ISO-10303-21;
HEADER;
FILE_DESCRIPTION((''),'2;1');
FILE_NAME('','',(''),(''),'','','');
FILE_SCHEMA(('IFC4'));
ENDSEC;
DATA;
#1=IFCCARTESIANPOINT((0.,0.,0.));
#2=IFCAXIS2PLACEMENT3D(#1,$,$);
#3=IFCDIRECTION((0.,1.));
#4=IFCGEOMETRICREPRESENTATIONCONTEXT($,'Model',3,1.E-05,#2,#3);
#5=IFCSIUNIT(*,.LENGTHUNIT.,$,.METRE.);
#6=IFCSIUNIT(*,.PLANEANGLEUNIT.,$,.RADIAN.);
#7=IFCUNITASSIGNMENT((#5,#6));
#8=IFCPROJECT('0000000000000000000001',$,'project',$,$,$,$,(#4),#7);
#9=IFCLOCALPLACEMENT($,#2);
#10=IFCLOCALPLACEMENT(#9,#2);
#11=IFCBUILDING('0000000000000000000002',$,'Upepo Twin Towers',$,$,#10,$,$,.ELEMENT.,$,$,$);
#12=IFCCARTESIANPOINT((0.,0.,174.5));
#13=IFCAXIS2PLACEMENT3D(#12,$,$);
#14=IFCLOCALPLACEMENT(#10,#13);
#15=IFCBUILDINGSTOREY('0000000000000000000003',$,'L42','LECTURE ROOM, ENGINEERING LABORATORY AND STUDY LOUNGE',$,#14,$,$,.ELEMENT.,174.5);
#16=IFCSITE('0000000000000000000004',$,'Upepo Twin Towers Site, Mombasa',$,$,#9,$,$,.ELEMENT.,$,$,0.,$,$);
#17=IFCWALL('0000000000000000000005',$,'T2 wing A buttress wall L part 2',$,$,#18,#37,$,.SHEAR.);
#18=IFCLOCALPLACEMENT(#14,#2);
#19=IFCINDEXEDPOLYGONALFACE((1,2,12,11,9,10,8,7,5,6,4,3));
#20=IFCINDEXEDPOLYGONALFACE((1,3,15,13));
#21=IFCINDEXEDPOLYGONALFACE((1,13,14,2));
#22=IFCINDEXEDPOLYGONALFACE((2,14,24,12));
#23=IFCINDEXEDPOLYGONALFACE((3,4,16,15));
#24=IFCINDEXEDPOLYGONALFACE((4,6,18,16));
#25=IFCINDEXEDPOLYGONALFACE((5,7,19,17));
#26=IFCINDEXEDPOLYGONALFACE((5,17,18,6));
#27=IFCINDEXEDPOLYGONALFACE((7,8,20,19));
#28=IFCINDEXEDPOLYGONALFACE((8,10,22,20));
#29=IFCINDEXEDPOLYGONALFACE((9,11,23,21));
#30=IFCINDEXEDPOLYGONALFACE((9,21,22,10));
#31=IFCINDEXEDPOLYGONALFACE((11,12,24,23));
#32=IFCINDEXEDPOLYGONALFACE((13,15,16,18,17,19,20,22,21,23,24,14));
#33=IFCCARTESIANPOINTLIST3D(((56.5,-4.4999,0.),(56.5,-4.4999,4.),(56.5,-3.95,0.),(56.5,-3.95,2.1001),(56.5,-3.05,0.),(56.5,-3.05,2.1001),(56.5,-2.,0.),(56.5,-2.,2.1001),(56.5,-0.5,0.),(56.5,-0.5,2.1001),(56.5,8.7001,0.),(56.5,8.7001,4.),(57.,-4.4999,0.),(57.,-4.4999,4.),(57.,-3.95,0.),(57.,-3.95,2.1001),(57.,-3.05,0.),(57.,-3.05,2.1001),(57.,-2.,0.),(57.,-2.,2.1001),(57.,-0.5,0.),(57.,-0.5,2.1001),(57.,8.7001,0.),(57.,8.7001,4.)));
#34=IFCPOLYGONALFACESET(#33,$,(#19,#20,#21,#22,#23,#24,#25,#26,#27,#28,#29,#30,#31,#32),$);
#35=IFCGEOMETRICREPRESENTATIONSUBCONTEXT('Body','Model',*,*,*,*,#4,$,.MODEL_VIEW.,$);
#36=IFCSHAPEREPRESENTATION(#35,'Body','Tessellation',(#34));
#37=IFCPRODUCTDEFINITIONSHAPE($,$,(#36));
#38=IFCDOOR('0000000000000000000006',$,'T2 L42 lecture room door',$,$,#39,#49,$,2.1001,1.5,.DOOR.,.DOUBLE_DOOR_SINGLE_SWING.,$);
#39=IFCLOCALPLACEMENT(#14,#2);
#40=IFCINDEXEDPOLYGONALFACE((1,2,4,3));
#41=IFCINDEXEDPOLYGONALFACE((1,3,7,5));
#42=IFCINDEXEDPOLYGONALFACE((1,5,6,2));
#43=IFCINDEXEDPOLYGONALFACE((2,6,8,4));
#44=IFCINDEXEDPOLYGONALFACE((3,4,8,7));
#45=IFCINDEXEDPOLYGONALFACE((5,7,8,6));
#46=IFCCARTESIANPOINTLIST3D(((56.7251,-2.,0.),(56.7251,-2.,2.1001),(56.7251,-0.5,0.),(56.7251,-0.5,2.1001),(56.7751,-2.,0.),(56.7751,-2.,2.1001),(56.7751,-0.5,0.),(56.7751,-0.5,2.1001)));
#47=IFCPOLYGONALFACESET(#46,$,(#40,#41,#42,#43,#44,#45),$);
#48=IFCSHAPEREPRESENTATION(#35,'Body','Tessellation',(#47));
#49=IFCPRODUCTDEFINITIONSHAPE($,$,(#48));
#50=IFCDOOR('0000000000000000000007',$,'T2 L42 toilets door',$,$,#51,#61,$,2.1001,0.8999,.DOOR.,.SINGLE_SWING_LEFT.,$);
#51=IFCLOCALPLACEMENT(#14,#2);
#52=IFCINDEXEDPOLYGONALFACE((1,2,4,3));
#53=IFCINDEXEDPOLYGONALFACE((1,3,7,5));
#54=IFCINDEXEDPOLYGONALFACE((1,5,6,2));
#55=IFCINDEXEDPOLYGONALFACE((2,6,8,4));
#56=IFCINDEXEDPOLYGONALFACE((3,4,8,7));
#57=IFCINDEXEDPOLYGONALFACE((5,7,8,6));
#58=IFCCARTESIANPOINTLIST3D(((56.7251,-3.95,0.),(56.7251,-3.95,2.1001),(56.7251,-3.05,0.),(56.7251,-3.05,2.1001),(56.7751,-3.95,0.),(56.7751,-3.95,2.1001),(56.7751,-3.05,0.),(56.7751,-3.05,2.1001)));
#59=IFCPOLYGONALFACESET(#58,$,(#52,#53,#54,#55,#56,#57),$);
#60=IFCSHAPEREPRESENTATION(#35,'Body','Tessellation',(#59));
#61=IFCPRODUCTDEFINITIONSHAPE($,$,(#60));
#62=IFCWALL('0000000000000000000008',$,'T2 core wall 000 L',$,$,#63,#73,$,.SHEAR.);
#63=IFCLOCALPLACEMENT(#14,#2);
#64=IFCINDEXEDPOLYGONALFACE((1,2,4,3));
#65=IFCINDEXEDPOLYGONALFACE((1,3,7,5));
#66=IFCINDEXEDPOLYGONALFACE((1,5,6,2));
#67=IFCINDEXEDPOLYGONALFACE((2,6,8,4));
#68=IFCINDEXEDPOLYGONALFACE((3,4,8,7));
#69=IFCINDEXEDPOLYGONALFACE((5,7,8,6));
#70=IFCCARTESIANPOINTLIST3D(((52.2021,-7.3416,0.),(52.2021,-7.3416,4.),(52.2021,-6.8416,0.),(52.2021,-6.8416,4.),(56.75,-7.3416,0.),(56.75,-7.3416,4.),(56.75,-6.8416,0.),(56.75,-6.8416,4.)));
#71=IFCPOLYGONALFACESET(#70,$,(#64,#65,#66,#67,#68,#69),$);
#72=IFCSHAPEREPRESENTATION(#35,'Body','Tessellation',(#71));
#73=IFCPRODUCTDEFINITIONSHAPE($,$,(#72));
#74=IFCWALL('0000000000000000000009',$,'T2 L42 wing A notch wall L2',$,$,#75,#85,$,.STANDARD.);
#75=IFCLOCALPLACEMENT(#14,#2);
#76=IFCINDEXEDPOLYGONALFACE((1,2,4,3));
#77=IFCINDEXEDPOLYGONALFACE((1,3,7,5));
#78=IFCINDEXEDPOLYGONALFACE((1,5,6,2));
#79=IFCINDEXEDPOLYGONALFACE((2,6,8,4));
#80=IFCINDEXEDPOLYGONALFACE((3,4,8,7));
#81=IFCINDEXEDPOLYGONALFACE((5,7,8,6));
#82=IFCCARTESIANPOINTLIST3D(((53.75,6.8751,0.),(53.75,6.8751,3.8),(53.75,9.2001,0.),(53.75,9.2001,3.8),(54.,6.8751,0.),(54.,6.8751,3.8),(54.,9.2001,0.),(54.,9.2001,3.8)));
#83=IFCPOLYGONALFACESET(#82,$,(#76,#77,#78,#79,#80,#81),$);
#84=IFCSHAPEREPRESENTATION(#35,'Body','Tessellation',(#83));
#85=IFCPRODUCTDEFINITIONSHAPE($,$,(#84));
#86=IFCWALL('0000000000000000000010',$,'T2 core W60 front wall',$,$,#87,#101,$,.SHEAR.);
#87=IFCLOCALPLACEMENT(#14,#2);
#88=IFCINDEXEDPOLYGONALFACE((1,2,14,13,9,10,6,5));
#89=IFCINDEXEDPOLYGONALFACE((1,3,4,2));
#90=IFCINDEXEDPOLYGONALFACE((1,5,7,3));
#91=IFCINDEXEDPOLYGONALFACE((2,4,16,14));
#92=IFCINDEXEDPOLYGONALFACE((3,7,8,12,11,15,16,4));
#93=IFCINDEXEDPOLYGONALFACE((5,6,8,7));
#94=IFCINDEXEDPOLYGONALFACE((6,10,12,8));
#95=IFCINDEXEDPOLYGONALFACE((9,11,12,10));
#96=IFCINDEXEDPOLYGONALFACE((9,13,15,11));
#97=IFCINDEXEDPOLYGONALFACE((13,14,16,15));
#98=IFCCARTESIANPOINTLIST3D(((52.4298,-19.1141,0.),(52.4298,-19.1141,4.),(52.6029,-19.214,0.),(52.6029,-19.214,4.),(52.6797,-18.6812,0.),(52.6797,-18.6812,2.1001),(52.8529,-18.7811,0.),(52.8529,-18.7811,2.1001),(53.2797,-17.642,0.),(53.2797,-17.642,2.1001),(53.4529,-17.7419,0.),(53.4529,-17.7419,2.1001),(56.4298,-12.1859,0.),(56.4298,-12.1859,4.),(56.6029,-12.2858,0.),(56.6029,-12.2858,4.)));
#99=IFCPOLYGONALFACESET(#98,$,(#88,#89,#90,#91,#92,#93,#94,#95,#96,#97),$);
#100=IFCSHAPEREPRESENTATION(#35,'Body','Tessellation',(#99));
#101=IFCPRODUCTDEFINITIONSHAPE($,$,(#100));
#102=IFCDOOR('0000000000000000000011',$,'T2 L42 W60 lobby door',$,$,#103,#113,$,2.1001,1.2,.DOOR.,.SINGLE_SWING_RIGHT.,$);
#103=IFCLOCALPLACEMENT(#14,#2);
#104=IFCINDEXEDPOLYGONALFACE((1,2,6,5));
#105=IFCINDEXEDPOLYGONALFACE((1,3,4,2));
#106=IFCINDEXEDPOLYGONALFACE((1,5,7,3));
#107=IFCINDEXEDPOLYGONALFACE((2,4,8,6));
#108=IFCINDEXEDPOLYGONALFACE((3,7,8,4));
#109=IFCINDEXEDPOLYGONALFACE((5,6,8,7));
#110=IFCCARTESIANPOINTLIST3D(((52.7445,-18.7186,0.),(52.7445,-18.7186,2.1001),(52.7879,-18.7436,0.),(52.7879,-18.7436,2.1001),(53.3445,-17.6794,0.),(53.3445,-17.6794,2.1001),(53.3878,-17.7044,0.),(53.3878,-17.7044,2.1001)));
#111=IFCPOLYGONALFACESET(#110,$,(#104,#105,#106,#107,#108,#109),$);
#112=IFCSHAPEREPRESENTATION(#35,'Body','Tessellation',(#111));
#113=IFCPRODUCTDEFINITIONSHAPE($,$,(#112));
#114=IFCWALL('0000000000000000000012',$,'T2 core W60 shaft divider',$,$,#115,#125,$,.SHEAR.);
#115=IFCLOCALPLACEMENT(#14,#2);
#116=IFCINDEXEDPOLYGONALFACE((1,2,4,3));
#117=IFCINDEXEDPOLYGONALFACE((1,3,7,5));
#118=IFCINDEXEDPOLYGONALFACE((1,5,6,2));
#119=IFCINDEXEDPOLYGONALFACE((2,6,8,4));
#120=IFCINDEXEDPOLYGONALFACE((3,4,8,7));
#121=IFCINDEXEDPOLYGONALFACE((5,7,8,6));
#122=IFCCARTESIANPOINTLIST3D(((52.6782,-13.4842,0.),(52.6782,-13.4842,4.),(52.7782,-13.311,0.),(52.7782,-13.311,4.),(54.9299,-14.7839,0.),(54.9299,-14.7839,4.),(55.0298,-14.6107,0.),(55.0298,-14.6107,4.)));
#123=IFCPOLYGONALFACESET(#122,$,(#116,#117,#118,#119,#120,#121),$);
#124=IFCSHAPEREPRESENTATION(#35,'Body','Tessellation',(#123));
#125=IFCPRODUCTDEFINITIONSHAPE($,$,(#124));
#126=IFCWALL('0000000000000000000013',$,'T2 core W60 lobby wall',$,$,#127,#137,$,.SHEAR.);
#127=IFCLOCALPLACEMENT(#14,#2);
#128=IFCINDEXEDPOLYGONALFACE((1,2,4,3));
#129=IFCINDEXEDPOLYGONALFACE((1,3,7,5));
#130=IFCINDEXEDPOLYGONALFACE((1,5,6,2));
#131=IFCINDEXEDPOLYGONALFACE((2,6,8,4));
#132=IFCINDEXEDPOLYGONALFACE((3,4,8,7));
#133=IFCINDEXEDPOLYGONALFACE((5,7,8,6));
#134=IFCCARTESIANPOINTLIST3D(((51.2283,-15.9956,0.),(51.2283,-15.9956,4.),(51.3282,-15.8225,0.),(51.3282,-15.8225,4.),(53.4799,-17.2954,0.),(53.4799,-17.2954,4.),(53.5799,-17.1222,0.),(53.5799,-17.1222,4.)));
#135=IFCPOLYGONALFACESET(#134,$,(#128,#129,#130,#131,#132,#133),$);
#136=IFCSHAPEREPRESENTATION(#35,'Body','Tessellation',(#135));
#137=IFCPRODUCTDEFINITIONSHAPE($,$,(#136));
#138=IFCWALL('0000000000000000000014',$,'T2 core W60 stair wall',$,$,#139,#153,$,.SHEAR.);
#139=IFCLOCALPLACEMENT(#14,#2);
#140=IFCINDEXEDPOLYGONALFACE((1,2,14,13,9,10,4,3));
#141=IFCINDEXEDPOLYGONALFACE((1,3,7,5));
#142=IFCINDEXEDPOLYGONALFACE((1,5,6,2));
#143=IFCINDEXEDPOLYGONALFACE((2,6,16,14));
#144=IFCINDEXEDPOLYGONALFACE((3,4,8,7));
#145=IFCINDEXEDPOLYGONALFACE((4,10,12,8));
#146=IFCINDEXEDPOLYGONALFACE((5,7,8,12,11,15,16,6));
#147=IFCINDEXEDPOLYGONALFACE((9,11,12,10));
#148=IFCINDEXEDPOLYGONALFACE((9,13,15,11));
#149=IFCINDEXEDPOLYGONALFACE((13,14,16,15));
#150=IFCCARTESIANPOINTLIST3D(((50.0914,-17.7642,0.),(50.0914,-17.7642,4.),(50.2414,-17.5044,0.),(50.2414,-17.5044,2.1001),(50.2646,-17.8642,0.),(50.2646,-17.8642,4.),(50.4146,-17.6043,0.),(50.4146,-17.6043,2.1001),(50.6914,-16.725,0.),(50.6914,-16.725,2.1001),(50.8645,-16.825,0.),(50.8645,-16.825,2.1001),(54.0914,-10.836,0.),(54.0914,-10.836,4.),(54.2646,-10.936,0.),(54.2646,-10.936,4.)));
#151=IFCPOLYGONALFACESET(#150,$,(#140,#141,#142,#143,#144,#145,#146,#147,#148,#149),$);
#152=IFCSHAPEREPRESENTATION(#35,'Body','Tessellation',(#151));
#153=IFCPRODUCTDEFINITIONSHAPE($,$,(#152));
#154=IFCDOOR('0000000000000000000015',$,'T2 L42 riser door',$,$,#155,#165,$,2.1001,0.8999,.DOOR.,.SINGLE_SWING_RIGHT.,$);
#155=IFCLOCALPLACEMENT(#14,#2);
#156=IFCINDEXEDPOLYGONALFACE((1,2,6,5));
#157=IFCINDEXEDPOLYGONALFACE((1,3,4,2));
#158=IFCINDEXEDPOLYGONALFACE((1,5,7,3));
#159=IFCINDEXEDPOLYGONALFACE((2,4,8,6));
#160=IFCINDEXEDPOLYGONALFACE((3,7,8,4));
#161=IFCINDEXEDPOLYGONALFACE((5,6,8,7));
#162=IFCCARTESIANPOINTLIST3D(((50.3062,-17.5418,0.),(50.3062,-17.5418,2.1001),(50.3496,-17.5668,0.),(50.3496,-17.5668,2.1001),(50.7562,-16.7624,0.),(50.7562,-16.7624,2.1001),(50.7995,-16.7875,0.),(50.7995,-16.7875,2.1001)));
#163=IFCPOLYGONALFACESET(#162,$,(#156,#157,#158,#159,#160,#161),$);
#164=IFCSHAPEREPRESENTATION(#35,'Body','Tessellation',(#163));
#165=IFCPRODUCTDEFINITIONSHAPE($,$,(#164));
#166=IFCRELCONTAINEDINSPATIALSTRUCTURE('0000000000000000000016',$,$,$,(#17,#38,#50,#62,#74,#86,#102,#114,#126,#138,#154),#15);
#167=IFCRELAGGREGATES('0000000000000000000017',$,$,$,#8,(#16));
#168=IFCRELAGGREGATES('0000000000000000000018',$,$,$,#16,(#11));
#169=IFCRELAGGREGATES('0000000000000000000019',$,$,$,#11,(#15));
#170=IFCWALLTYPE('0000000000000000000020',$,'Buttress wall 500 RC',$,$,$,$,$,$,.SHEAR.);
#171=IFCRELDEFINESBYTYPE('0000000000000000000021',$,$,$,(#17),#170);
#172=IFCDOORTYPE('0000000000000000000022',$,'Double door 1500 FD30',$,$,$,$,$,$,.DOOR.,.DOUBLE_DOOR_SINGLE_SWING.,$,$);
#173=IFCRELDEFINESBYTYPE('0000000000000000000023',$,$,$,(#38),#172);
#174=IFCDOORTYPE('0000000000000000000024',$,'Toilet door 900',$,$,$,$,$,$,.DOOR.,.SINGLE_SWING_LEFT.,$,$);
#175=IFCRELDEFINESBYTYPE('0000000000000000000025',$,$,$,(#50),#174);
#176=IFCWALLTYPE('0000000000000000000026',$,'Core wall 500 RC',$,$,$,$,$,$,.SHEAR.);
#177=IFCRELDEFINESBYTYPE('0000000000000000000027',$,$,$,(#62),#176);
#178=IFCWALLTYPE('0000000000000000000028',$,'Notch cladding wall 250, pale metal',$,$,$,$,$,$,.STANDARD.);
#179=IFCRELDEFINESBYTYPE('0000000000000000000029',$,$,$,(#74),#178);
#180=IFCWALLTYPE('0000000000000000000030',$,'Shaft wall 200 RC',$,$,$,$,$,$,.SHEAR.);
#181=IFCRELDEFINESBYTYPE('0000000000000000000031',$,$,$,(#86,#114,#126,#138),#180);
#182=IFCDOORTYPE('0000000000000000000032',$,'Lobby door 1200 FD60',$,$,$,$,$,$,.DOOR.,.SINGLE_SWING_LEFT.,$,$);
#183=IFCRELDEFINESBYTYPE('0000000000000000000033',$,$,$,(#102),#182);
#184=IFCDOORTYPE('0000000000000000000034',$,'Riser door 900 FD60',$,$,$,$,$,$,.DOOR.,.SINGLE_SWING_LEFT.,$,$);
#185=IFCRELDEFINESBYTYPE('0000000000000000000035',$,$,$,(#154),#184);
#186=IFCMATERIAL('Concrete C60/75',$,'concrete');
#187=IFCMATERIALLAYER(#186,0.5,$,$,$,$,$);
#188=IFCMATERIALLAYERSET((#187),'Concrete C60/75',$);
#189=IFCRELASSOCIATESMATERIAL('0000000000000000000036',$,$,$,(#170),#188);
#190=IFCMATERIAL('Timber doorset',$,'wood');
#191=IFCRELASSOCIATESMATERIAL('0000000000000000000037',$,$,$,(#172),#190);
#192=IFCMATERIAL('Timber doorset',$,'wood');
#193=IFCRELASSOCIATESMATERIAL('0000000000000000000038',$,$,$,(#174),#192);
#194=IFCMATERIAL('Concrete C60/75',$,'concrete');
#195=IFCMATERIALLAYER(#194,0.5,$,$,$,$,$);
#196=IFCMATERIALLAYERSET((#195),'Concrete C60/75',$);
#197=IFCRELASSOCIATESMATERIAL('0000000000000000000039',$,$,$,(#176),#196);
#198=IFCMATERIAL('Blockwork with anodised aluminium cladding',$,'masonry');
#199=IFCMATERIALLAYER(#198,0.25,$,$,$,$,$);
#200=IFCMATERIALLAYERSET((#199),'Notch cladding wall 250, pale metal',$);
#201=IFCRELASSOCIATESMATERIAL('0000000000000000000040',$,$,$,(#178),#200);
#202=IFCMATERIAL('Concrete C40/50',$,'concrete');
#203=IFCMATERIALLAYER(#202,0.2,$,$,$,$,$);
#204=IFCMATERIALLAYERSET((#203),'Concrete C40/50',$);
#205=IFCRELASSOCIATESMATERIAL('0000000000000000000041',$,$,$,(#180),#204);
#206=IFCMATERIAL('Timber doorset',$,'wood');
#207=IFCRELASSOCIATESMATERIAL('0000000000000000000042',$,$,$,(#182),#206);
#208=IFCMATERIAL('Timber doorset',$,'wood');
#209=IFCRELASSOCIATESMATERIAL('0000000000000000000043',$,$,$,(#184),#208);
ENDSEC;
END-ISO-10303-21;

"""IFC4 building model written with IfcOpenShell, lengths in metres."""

from ifc_helpers import new_model, si_unit, direction, frame, frame_2d, origin, place, context, subcontext, project, spatial, rectangle, extrude, material, layer, layer_set, type_object, element, fill, save


model = new_model("IFC4")

# Units and contexts
model_context = context("Model", 3, precision=1e-05, world=origin(), true_north=direction((0.0, 1.0)))
body_context = subcontext(model_context, "Body", "Model", "MODEL_VIEW")
ifc_project = project(units=[si_unit("LENGTHUNIT", "METRE"), si_unit("PLANEANGLEUNIT", "RADIAN")], contexts=[model_context])

# Site, building, storey
site_placement = place(None, origin())
site = spatial("IfcSite", under=ifc_project, at=site_placement, Name="Upepo Twin Towers Site, Mombasa", CompositionType="ELEMENT", RefElevation=0.0)
building_placement = place(site_placement, origin())
building = spatial("IfcBuilding", under=site, at=building_placement, Name="Upepo Twin Towers", CompositionType="ELEMENT")
storey_placement = place(building_placement, frame((0.0, 0.0, 174.5)))
storey = spatial("IfcBuildingStorey", under=building, at=storey_placement, Name="L42", Description="LECTURE ROOM, ENGINEERING LABORATORY AND STUDY LOUNGE", CompositionType="ELEMENT", Elevation=174.5)

# Wall, openings, doors
ifc_material_1 = material(Name="Concrete C60/75", Category="concrete")
ifc_layer_1 = layer(ifc_material_1, 0.5)
ifc_layer_set_1 = layer_set([ifc_layer_1], Name="Concrete C60/75")
wall_type_1 = type_object("IfcWallType", Name="Buttress wall 500 RC", PredefinedType="SHEAR", material=ifc_layer_set_1)
wall_1_placement = place(storey_placement, frame((56.75, -4.5, 0.0), z_axis=(0.0, 0.0, 1.0), x_axis=(0.0, 1.0, 0.0)))
wall_1 = element("IfcWall", 1, at=wall_1_placement, inside=storey, type_object=wall_type_1, Name="T2 wing A buttress wall L part 2", PredefinedType="SHEAR", context=body_context, shape_type="SweptSolid", body=[
    extrude(rectangle(XDim=13.2, YDim=0.5, at=frame_2d((6.6001, 0.0))), origin(), (0.0, 0.0, 1.0), 4.0),
])
opening_1_placement = place(wall_1_placement, frame((0.55, 0.0, 0.0)))
opening_1 = element("IfcOpeningElement", 2, at=opening_1_placement, cuts=wall_1, PredefinedType="OPENING", context=body_context, shape_type="SweptSolid", body=[
    extrude(rectangle(XDim=0.8999, YDim=2.1001, at=frame_2d((0.45, 1.05))), frame((0.0, 0.26, 0.0), z_axis=(0.0, -1.0, 0.0), x_axis=(1.0, 0.0, 0.0)), (0.0, 0.0, 1.0), 0.52),
])
opening_2_placement = place(wall_1_placement, frame((2.5, 0.0, 0.0)))
opening_2 = element("IfcOpeningElement", 3, at=opening_2_placement, cuts=wall_1, PredefinedType="OPENING", context=body_context, shape_type="SweptSolid", body=[
    extrude(rectangle(XDim=1.5, YDim=2.1001, at=frame_2d((0.75, 1.05))), frame((0.0, 0.26, 0.0), z_axis=(0.0, -1.0, 0.0), x_axis=(1.0, 0.0, 0.0)), (0.0, 0.0, 1.0), 0.52),
])
ifc_material_2 = material(Name="Timber doorset", Category="wood")
door_type_1 = type_object("IfcDoorType", Name="Double door 1500 FD30", OperationType="DOUBLE_DOOR_SINGLE_SWING", PredefinedType="DOOR", material=ifc_material_2)
door_1_placement = place(opening_2_placement, origin())
door_1 = element("IfcDoor", 4, at=door_1_placement, inside=storey, type_object=door_type_1, Name="T2 L42 lecture room door", OperationType="DOUBLE_DOOR_SINGLE_SWING", OverallHeight=2.1001, OverallWidth=1.5, PredefinedType="DOOR", context=body_context, shape_type="SweptSolid", body=[
    extrude(rectangle(XDim=1.5, YDim=2.1001, at=frame_2d((0.75, 1.05))), frame((0.0, 0.0249, 0.0), z_axis=(0.0, -1.0, 0.0), x_axis=(1.0, 0.0, 0.0)), (0.0, 0.0, 1.0), 0.05),
])
fill(opening_2, door_1)
ifc_material_3 = material(Name="Timber doorset", Category="wood")
door_type_2 = type_object("IfcDoorType", Name="Toilet door 900", OperationType="SINGLE_SWING_LEFT", PredefinedType="DOOR", material=ifc_material_3)
door_2_placement = place(opening_1_placement, origin())
door_2 = element("IfcDoor", 5, at=door_2_placement, inside=storey, type_object=door_type_2, Name="T2 L42 toilets door", OperationType="SINGLE_SWING_LEFT", OverallHeight=2.1001, OverallWidth=0.8999, PredefinedType="DOOR", context=body_context, shape_type="SweptSolid", body=[
    extrude(rectangle(XDim=0.8999, YDim=2.1001, at=frame_2d((0.45, 1.05))), frame((0.0, 0.0249, 0.0), z_axis=(0.0, -1.0, 0.0), x_axis=(1.0, 0.0, 0.0)), (0.0, 0.0, 1.0), 0.05),
])
fill(opening_1, door_2)

# Walls
ifc_material_4 = material(Name="Concrete C60/75", Category="concrete")
ifc_layer_2 = layer(ifc_material_4, 0.5)
ifc_layer_set_2 = layer_set([ifc_layer_2], Name="Concrete C60/75")
wall_type_2 = type_object("IfcWallType", Name="Core wall 500 RC", PredefinedType="SHEAR", material=ifc_layer_set_2)
wall_2_placement = place(storey_placement, frame((56.75, -7.0916, 0.0), z_axis=(0.0, 0.0, 1.0), x_axis=(-1.0, 0.0, 0.0)))
element("IfcWall", 6, at=wall_2_placement, inside=storey, type_object=wall_type_2, Name="T2 core wall 000 L", PredefinedType="SHEAR", context=body_context, shape_type="SweptSolid", body=[
    extrude(rectangle(XDim=4.5479, YDim=0.5, at=frame_2d((2.2739, 0.0))), origin(), (0.0, 0.0, 1.0), 4.0),
])
ifc_material_5 = material(Name="Blockwork with anodised aluminium cladding", Category="masonry")
ifc_layer_3 = layer(ifc_material_5, 0.25)
ifc_layer_set_3 = layer_set([ifc_layer_3], Name="Notch cladding wall 250, pale metal")
wall_type_3 = type_object("IfcWallType", Name="Notch cladding wall 250, pale metal", PredefinedType="STANDARD", material=ifc_layer_set_3)
wall_3_placement = place(storey_placement, frame((53.875, 6.875, 0.0), z_axis=(0.0, 0.0, 1.0), x_axis=(0.0, 1.0, 0.0)))
element("IfcWall", 7, at=wall_3_placement, inside=storey, type_object=wall_type_3, Name="T2 L42 wing A notch wall L2", PredefinedType="STANDARD", context=body_context, shape_type="SweptSolid", body=[
    extrude(rectangle(XDim=2.325, YDim=0.25, at=frame_2d((1.1626, 0.0))), origin(), (0.0, 0.0, 1.0), 3.8),
])

# Wall, opening, door
ifc_material_6 = material(Name="Concrete C40/50", Category="concrete")
ifc_layer_4 = layer(ifc_material_6, 0.2)
ifc_layer_set_4 = layer_set([ifc_layer_4], Name="Concrete C40/50")
wall_type_4 = type_object("IfcWallType", Name="Shaft wall 200 RC", PredefinedType="SHEAR", material=ifc_layer_set_4)
wall_4_placement = place(storey_placement, frame((56.5164, -12.2358, 0.0), z_axis=(0.0, 0.0, 1.0), x_axis=(-0.499999, -0.866026, 0.0)))
wall_4 = element("IfcWall", 8, at=wall_4_placement, inside=storey, type_object=wall_type_4, Name="T2 core W60 front wall", PredefinedType="SHEAR", context=body_context, shape_type="SweptSolid", body=[
    extrude(rectangle(XDim=8.0, YDim=0.2, at=frame_2d((4.0, 0.0))), origin(), (0.0, 0.0, 1.0), 4.0),
])
opening_3_placement = place(wall_4_placement, frame((6.3, 0.0, 0.0)))
opening_3 = element("IfcOpeningElement", 9, at=opening_3_placement, cuts=wall_4, PredefinedType="OPENING", context=body_context, shape_type="SweptSolid", body=[
    extrude(rectangle(XDim=1.2, YDim=2.1001, at=frame_2d((0.6001, 1.05))), frame((0.0, 0.1099, 0.0), z_axis=(0.0, -1.0, 0.0), x_axis=(1.0, 0.0, 0.0)), (0.0, 0.0, 1.0), 0.22),
])
ifc_material_7 = material(Name="Timber doorset", Category="wood")
door_type_3 = type_object("IfcDoorType", Name="Lobby door 1200 FD60", OperationType="SINGLE_SWING_LEFT", PredefinedType="DOOR", material=ifc_material_7)
door_3_placement = place(opening_3_placement, origin())
door_3 = element("IfcDoor", 10, at=door_3_placement, inside=storey, type_object=door_type_3, Name="T2 L42 W60 lobby door", OperationType="SINGLE_SWING_RIGHT", OverallHeight=2.1001, OverallWidth=1.2, PredefinedType="DOOR", context=body_context, shape_type="SweptSolid", body=[
    extrude(rectangle(XDim=1.2, YDim=2.1001, at=frame_2d((0.6001, 1.05))), frame((0.0, 0.0249, 0.0), z_axis=(0.0, -1.0, 0.0), x_axis=(1.0, 0.0, 0.0)), (0.0, 0.0, 1.0), 0.05),
])
fill(opening_3, door_3)

# Walls
for number, where, z_axis, x_axis, name in (
    (11, (54.9797, -14.6973, 0.0), (0.0, 0.0, 1.0), (-0.866062, 0.499937, 0.0), "T2 core W60 shaft divider"),
    (12, (53.5298, -17.2087, 0.0), (0.0, 0.0, 1.0), (-0.866062, 0.499937, 0.0), "T2 core W60 lobby wall"),
):
    element("IfcWall", number, at=place(storey_placement, frame(where, z_axis=z_axis, x_axis=x_axis)), inside=storey, type_object=wall_type_4, Name=name, PredefinedType="SHEAR", context=body_context, shape_type="SweptSolid", body=[
        extrude(rectangle(XDim=2.5999, YDim=0.2, at=frame_2d((1.2998, 0.0))), origin(), (0.0, 0.0, 1.0), 4.0),
    ])

# Wall, opening, door
wall_5_placement = place(storey_placement, frame((54.178, -10.886, 0.0), z_axis=(0.0, 0.0, 1.0), x_axis=(-0.499999, -0.866026, 0.0)))
wall_5 = element("IfcWall", 13, at=wall_5_placement, inside=storey, type_object=wall_type_4, Name="T2 core W60 stair wall", PredefinedType="SHEAR", context=body_context, shape_type="SweptSolid", body=[
    extrude(rectangle(XDim=8.0, YDim=0.2, at=frame_2d((4.0, 0.0))), origin(), (0.0, 0.0, 1.0), 4.0),
])
opening_4_placement = place(wall_5_placement, frame((6.8, 0.0, 0.0)))
opening_4 = element("IfcOpeningElement", 14, at=opening_4_placement, cuts=wall_5, PredefinedType="OPENING", context=body_context, shape_type="SweptSolid", body=[
    extrude(rectangle(XDim=0.8999, YDim=2.1001, at=frame_2d((0.45, 1.05))), frame((0.0, 0.1099, 0.0), z_axis=(0.0, -1.0, 0.0), x_axis=(1.0, 0.0, 0.0)), (0.0, 0.0, 1.0), 0.22),
])
ifc_material_8 = material(Name="Timber doorset", Category="wood")
door_type_4 = type_object("IfcDoorType", Name="Riser door 900 FD60", OperationType="SINGLE_SWING_LEFT", PredefinedType="DOOR", material=ifc_material_8)
door_4_placement = place(opening_4_placement, origin())
door_4 = element("IfcDoor", 15, at=door_4_placement, inside=storey, type_object=door_type_4, Name="T2 L42 riser door", OperationType="SINGLE_SWING_RIGHT", OverallHeight=2.1001, OverallWidth=0.8999, PredefinedType="DOOR", context=body_context, shape_type="SweptSolid", body=[
    extrude(rectangle(XDim=0.8999, YDim=2.1001, at=frame_2d((0.45, 1.05))), frame((0.0, 0.0249, 0.0), z_axis=(0.0, -1.0, 0.0), x_axis=(1.0, 0.0, 0.0)), (0.0, 0.0, 1.0), 0.05),
])
fill(opening_4, door_4)

save(model, "model.ifc")
